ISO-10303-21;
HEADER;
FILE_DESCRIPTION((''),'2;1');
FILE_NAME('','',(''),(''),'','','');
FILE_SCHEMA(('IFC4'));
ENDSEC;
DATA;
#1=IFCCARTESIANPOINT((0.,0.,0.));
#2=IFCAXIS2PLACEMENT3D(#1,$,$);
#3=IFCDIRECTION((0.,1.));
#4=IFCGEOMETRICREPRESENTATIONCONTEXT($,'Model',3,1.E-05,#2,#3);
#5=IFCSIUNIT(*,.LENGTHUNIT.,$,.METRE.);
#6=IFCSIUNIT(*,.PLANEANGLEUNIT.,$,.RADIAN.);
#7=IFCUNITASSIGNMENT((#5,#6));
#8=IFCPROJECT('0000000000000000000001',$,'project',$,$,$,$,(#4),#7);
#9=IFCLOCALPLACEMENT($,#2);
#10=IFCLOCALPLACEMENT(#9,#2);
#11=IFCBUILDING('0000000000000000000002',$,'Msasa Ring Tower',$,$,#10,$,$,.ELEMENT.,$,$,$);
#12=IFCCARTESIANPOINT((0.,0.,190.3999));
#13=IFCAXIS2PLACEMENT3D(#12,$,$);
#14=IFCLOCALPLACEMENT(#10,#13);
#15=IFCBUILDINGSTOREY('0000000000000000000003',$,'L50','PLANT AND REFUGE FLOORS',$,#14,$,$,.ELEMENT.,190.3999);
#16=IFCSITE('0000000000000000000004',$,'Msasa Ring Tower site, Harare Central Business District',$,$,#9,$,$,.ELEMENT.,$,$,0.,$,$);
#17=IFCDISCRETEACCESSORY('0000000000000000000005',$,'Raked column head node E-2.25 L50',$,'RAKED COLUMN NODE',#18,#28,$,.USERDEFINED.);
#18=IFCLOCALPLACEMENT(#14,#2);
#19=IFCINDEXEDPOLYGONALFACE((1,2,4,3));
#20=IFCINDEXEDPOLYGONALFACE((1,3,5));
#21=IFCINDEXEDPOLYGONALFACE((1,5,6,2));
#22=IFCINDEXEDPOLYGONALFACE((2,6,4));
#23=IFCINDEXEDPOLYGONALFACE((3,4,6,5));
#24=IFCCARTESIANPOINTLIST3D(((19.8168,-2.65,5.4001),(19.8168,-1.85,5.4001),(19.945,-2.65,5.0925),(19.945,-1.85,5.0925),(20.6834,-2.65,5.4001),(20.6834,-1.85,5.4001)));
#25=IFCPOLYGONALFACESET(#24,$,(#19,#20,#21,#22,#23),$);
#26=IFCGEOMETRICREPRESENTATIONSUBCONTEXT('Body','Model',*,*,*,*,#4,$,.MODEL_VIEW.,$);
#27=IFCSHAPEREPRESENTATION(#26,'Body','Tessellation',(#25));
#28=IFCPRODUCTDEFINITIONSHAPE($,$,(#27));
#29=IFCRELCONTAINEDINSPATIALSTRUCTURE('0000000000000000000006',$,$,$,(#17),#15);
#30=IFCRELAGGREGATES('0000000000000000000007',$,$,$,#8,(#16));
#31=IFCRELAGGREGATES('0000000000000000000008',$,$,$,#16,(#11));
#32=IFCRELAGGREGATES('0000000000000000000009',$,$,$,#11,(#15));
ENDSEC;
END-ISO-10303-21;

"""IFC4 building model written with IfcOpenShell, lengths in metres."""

from ifc_helpers import new_model, si_unit, direction, frame, origin, origin_2d, place, context, subcontext, project, spatial, rectangle, extrude, clip, halfspace, element, save


model = new_model("IFC4")

# Units and contexts
model_context = context("Model", 3, precision=1e-05, world=origin(), true_north=direction((0.0, 1.0)))
body_context = subcontext(model_context, "Body", "Model", "MODEL_VIEW")
ifc_project = project(units=[si_unit("LENGTHUNIT", "METRE"), si_unit("PLANEANGLEUNIT", "RADIAN")], contexts=[model_context])

# Site, building, storey
site_placement = place(None, origin())
site = spatial("IfcSite", under=ifc_project, at=site_placement, Name="Msasa Ring Tower site, Harare Central Business District", CompositionType="ELEMENT", RefElevation=0.0)
building_placement = place(site_placement, origin())
building = spatial("IfcBuilding", under=site, at=building_placement, Name="Msasa Ring Tower", CompositionType="ELEMENT")
storey_placement = place(building_placement, frame((0.0, 0.0, 190.3999)))
storey = spatial("IfcBuildingStorey", under=building, at=storey_placement, Name="L50", Description="PLANT AND REFUGE FLOORS", CompositionType="ELEMENT", Elevation=190.3999)

# Discrete accessory
discrete_accessory_1_placement = place(storey_placement, frame((20.25, -2.25, 5.4001)))
element("IfcDiscreteAccessory", 1, at=discrete_accessory_1_placement, inside=storey, Name="Raked column head node E-2.25 L50", ObjectType="RAKED COLUMN NODE", PredefinedType="USERDEFINED", context=body_context, shape_type="Clipping", body=[
    clip(extrude(rectangle(XDim=0.8, YDim=0.8, at=origin_2d()), frame((0.0642, 0.0, -0.1538), z_axis=(-0.384615, 0.0, 0.923077), x_axis=(0.0, -1.0, 0.0)), (0.0, 0.0, 1.0), 0.3335), halfspace(frame((0.0, 0.0, 0.0), z_axis=(0.0, 0.0, -1.0)), True)),
])

save(model, "model.ifc")
